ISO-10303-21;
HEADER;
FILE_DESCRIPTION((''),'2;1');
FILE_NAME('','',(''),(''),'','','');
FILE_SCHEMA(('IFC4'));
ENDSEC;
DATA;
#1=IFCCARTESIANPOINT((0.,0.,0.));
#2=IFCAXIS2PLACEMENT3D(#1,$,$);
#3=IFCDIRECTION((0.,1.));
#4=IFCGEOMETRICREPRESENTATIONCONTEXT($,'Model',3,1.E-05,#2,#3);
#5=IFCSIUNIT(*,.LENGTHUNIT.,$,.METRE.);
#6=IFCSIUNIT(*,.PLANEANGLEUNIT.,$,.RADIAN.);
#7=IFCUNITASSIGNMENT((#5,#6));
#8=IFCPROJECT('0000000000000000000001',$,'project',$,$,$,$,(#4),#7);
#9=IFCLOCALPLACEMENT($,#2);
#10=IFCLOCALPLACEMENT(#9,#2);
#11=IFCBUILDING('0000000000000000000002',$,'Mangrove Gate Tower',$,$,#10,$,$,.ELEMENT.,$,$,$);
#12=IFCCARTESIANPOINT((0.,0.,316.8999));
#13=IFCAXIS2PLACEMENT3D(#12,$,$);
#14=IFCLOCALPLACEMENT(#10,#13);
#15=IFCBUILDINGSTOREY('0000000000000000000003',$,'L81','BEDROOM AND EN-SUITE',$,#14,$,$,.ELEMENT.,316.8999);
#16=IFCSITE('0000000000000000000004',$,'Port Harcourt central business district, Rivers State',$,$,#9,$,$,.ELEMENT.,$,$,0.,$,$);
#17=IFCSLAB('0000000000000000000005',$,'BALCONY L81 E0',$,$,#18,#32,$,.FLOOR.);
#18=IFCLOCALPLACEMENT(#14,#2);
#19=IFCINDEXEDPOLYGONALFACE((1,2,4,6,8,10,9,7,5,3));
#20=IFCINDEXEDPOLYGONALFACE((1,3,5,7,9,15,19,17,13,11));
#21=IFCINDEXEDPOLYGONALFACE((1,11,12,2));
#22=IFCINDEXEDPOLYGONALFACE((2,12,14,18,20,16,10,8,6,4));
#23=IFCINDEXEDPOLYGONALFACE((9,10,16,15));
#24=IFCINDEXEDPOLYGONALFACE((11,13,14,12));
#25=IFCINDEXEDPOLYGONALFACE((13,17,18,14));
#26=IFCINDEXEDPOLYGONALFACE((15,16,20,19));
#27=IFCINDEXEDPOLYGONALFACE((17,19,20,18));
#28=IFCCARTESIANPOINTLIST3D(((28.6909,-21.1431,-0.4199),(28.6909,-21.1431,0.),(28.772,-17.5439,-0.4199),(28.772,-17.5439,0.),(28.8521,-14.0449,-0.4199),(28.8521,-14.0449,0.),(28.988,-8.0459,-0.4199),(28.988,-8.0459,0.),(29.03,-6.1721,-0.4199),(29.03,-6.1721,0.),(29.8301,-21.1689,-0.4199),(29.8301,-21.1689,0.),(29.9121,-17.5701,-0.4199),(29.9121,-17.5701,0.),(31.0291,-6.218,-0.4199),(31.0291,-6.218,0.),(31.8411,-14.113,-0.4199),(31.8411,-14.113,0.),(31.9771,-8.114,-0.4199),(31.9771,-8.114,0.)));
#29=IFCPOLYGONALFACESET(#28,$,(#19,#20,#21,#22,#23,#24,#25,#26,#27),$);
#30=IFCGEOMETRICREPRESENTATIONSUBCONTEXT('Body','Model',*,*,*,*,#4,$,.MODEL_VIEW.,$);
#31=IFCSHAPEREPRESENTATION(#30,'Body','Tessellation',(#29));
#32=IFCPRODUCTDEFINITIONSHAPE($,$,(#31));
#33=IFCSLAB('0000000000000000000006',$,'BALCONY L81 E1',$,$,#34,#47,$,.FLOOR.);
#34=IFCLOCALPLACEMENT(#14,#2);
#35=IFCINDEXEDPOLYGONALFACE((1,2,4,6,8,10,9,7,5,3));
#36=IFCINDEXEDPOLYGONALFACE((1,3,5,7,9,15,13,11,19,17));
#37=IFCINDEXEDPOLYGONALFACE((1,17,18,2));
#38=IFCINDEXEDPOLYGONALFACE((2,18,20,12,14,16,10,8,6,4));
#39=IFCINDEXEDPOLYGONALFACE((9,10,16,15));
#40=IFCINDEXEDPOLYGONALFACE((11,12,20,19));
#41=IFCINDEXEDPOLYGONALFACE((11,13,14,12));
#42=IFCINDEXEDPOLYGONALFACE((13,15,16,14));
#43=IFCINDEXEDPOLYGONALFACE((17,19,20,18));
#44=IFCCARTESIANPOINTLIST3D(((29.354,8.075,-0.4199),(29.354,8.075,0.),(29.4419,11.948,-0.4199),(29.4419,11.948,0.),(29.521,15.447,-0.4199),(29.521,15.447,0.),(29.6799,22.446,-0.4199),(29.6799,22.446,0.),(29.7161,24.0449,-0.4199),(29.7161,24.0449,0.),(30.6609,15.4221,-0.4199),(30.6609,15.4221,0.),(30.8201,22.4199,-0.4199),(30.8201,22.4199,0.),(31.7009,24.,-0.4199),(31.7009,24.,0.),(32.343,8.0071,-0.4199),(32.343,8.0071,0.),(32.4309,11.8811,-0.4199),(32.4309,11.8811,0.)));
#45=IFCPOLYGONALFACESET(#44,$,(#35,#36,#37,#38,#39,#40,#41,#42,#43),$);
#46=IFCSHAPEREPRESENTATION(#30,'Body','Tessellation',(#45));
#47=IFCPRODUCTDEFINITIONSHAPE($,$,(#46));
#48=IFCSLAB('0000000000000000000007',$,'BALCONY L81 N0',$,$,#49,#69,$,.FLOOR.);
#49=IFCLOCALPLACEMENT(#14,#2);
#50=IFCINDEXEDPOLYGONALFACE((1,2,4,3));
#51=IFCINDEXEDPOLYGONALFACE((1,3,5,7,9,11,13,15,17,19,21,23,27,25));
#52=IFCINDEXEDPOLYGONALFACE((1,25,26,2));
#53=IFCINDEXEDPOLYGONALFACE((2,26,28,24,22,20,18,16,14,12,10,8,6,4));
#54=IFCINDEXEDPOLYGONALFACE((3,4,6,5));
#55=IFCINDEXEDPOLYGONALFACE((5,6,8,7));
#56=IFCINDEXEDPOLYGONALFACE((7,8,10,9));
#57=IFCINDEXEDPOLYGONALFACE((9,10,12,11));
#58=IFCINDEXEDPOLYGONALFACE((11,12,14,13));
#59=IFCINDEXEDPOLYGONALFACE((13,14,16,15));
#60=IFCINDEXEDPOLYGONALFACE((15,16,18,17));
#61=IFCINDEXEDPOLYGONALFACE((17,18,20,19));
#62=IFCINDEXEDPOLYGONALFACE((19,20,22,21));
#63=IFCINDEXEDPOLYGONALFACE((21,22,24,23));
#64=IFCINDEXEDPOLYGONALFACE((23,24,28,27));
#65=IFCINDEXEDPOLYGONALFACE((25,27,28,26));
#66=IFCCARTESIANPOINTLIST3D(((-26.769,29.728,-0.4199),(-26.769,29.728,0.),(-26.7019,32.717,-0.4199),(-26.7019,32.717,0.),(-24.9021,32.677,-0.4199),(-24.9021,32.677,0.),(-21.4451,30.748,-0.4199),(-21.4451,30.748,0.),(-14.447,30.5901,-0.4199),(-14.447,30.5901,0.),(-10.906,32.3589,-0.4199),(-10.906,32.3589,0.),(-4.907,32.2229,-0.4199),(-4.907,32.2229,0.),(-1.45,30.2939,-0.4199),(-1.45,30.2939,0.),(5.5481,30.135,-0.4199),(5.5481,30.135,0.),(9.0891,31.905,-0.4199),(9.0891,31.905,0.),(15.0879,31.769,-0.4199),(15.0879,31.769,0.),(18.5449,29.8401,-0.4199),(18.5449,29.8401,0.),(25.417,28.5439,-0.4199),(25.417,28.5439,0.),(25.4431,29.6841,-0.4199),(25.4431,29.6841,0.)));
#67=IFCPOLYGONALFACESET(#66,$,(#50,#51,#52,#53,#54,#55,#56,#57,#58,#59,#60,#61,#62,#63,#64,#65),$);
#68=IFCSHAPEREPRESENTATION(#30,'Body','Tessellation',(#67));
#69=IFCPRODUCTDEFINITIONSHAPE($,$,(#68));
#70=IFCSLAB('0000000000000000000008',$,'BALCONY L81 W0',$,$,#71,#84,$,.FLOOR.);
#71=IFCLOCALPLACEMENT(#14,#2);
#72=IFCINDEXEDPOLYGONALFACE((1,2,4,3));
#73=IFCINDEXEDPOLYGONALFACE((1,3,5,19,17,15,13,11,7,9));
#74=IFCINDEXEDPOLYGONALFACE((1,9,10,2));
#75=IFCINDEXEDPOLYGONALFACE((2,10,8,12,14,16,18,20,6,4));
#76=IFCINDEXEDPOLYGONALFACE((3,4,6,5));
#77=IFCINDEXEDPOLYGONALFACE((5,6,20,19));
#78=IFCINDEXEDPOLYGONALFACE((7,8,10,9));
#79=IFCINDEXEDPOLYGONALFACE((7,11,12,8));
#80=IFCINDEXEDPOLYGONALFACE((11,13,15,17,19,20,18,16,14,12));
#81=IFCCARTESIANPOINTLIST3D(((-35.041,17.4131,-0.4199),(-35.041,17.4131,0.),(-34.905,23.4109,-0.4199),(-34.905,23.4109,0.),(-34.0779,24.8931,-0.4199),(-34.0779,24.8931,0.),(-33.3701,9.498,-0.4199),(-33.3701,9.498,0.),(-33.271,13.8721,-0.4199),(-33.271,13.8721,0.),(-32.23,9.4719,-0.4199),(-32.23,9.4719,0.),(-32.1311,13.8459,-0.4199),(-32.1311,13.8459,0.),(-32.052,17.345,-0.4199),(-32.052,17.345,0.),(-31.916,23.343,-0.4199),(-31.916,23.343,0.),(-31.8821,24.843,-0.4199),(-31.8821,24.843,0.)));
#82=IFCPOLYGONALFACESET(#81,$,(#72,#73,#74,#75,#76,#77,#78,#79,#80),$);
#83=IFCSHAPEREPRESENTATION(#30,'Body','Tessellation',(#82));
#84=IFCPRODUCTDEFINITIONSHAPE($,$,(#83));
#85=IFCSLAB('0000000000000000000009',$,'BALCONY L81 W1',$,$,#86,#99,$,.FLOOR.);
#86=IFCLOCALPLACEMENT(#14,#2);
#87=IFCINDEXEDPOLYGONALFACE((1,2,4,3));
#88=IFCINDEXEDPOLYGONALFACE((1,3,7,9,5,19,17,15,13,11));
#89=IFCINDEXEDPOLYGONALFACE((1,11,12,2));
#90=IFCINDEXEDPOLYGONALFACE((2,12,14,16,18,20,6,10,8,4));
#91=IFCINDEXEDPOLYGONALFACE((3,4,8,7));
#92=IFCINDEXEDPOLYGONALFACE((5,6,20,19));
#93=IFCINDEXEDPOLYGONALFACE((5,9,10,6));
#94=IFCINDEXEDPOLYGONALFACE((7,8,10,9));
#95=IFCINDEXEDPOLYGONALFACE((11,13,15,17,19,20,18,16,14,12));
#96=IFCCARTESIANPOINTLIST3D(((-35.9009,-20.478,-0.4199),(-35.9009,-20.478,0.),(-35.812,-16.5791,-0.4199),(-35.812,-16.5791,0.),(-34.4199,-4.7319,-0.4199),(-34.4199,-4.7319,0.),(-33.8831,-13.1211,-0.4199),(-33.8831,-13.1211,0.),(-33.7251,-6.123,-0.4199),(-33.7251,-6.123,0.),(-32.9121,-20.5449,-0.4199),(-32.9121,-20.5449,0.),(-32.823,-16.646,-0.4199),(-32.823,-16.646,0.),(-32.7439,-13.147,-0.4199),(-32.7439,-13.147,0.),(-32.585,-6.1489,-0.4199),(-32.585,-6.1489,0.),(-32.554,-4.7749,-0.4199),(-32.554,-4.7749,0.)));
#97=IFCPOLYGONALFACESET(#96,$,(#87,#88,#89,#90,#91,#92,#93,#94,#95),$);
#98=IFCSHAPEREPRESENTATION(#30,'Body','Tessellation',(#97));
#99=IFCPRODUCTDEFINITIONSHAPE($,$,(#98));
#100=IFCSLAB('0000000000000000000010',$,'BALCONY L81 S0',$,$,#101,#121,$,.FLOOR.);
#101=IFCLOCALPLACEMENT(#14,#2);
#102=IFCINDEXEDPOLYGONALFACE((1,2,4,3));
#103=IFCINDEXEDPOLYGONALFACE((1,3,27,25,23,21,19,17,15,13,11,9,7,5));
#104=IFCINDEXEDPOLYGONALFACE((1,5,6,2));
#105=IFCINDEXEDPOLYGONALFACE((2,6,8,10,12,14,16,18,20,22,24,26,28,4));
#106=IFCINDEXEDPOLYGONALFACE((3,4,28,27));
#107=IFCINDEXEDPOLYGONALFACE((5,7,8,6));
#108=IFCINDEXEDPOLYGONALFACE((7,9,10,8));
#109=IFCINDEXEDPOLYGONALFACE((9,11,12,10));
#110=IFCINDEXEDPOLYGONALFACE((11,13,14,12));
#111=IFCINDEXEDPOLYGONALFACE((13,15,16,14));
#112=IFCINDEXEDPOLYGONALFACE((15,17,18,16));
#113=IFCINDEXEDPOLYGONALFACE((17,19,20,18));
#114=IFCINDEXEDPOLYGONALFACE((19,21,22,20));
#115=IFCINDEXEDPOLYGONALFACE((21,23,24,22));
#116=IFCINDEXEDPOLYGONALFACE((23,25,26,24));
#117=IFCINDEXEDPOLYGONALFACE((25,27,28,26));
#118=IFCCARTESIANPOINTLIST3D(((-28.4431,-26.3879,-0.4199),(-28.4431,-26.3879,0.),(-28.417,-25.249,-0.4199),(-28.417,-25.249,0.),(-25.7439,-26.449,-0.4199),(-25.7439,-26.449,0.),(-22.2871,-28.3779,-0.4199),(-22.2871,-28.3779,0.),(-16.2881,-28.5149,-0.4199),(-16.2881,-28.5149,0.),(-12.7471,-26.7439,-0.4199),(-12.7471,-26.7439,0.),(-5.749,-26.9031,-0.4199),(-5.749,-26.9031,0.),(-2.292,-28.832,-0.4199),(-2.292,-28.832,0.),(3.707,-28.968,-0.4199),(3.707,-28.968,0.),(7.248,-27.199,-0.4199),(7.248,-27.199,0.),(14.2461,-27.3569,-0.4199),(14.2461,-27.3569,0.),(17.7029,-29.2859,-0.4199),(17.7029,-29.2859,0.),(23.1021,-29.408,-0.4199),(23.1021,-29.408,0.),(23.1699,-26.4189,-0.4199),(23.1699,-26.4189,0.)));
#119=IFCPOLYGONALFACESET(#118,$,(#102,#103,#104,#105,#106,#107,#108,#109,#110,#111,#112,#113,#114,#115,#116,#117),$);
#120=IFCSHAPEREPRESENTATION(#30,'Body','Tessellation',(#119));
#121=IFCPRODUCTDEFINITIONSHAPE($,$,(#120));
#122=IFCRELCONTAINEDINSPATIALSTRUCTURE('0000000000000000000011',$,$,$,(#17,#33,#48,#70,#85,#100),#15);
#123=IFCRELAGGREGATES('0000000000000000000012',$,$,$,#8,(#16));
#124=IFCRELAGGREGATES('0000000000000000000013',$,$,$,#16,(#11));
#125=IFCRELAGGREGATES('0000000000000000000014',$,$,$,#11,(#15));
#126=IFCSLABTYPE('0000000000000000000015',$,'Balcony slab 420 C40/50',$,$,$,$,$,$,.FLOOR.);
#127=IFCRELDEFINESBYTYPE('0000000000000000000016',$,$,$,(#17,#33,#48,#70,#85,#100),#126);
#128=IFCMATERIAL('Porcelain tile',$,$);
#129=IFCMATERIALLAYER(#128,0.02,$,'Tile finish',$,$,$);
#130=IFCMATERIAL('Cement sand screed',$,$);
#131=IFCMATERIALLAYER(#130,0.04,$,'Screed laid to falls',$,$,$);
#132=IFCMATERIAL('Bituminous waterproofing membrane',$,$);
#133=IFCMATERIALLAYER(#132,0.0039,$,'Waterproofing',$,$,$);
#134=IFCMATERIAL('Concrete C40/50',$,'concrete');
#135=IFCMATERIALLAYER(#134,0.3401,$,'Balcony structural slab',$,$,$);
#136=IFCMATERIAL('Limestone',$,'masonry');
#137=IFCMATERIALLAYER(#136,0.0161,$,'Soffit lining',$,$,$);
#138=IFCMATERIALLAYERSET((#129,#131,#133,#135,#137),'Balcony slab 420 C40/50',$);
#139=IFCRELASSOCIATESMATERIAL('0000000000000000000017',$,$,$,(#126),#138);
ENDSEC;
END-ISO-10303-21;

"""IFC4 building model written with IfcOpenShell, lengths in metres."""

from ifc_helpers import new_model, si_unit, direction, frame, origin, place, context, subcontext, project, spatial, polyline, outline, extrude, material, layer, layer_set, type_object, element, save


model = new_model("IFC4")

# Units and contexts
model_context = context("Model", 3, precision=1e-05, world=origin(), true_north=direction((0.0, 1.0)))
body_context = subcontext(model_context, "Body", "Model", "MODEL_VIEW")
ifc_project = project(units=[si_unit("LENGTHUNIT", "METRE"), si_unit("PLANEANGLEUNIT", "RADIAN")], contexts=[model_context])

# Site, building, storey
site_placement = place(None, origin())
site = spatial("IfcSite", under=ifc_project, at=site_placement, Name="Port Harcourt central business district, Rivers State", CompositionType="ELEMENT", RefElevation=0.0)
building_placement = place(site_placement, origin())
building = spatial("IfcBuilding", under=site, at=building_placement, Name="Mangrove Gate Tower", CompositionType="ELEMENT")
storey_placement = place(building_placement, frame((0.0, 0.0, 316.8999)))
storey = spatial("IfcBuildingStorey", under=building, at=storey_placement, Name="L81", Description="BEDROOM AND EN-SUITE", CompositionType="ELEMENT", Elevation=316.8999)

# Slabs
ifc_material_1 = material(Name="Porcelain tile")
ifc_layer_1 = layer(ifc_material_1, 0.02, Name="Tile finish")
ifc_material_2 = material(Name="Cement sand screed")
ifc_layer_2 = layer(ifc_material_2, 0.04, Name="Screed laid to falls")
ifc_material_3 = material(Name="Bituminous waterproofing membrane")
ifc_layer_3 = layer(ifc_material_3, 0.0039, Name="Waterproofing")
ifc_material_4 = material(Name="Concrete C40/50", Category="concrete")
ifc_layer_4 = layer(ifc_material_4, 0.3401, Name="Balcony structural slab")
ifc_material_5 = material(Name="Limestone", Category="masonry")
ifc_layer_5 = layer(ifc_material_5, 0.0161, Name="Soffit lining")
ifc_layer_set_1 = layer_set([ifc_layer_1, ifc_layer_2, ifc_layer_3, ifc_layer_4, ifc_layer_5], Name="Balcony slab 420 C40/50")
slab_type_1 = type_object("IfcSlabType", Name="Balcony slab 420 C40/50", PredefinedType="FLOOR", material=ifc_layer_set_1)
slab_1_placement = place(storey_placement, frame((0.0, 0.0, -0.4199)))
element("IfcSlab", 1, at=slab_1_placement, inside=storey, type_object=slab_type_1, Name="BALCONY L81 E0", PredefinedType="FLOOR", context=body_context, shape_type="SweptSolid", body=[
    extrude(outline(polyline([(29.8301, -21.1689), (29.9121, -17.5701), (31.8411, -14.113), (31.9771, -8.114), (31.0291, -6.218), (29.03, -6.1721), (28.988, -8.0459), (28.8521, -14.0449), (28.772, -17.5439), (28.6909, -21.1431), (29.8301, -21.1689)])), origin(), (0.0, 0.0, 1.0), 0.4199),
])
slab_2_placement = place(storey_placement, frame((0.0, 0.0, -0.4199)))
element("IfcSlab", 2, at=slab_2_placement, inside=storey, type_object=slab_type_1, Name="BALCONY L81 E1", PredefinedType="FLOOR", context=body_context, shape_type="SweptSolid", body=[
    extrude(outline(polyline([(32.343, 8.0071), (32.4309, 11.8811), (30.6609, 15.4221), (30.8201, 22.4199), (31.7009, 24.0), (29.7161, 24.0449), (29.6799, 22.446), (29.521, 15.447), (29.4419, 11.948), (29.354, 8.075), (32.343, 8.0071)])), origin(), (0.0, 0.0, 1.0), 0.4199),
])
slab_3_placement = place(storey_placement, frame((0.0, 0.0, -0.4199)))
element("IfcSlab", 3, at=slab_3_placement, inside=storey, type_object=slab_type_1, Name="BALCONY L81 N0", PredefinedType="FLOOR", context=body_context, shape_type="SweptSolid", body=[
    extrude(outline(polyline([(25.4431, 29.6841), (18.5449, 29.8401), (15.0879, 31.769), (9.0891, 31.905), (5.5481, 30.135), (-1.45, 30.2939), (-4.907, 32.2229), (-10.906, 32.3589), (-14.447, 30.5901), (-21.4451, 30.748), (-24.9021, 32.677), (-26.7019, 32.717), (-26.769, 29.728), (25.417, 28.5439), (25.4431, 29.6841)])), origin(), (0.0, 0.0, 1.0), 0.4199),
])
slab_4_placement = place(storey_placement, frame((0.0, 0.0, -0.4199)))
element("IfcSlab", 4, at=slab_4_placement, inside=storey, type_object=slab_type_1, Name="BALCONY L81 W0", PredefinedType="FLOOR", context=body_context, shape_type="SweptSolid", body=[
    extrude(outline(polyline([(-34.0779, 24.8931), (-34.905, 23.4109), (-35.041, 17.4131), (-33.271, 13.8721), (-33.3701, 9.498), (-32.23, 9.4719), (-32.1311, 13.8459), (-32.052, 17.345), (-31.916, 23.343), (-31.8821, 24.843), (-34.0779, 24.8931)])), origin(), (0.0, 0.0, 1.0), 0.4199),
])
slab_5_placement = place(storey_placement, frame((0.0, 0.0, -0.4199)))
element("IfcSlab", 5, at=slab_5_placement, inside=storey, type_object=slab_type_1, Name="BALCONY L81 W1", PredefinedType="FLOOR", context=body_context, shape_type="SweptSolid", body=[
    extrude(outline(polyline([(-34.4199, -4.7319), (-33.7251, -6.123), (-33.8831, -13.1211), (-35.812, -16.5791), (-35.9009, -20.478), (-32.9121, -20.5449), (-32.823, -16.646), (-32.7439, -13.147), (-32.585, -6.1489), (-32.554, -4.7749), (-34.4199, -4.7319)])), origin(), (0.0, 0.0, 1.0), 0.4199),
])
slab_6_placement = place(storey_placement, frame((0.0, 0.0, -0.4199)))
element("IfcSlab", 6, at=slab_6_placement, inside=storey, type_object=slab_type_1, Name="BALCONY L81 S0", PredefinedType="FLOOR", context=body_context, shape_type="SweptSolid", body=[
    extrude(outline(polyline([(-28.4431, -26.3879), (-25.7439, -26.449), (-22.2871, -28.3779), (-16.2881, -28.5149), (-12.7471, -26.7439), (-5.749, -26.9031), (-2.292, -28.832), (3.707, -28.968), (7.248, -27.199), (14.2461, -27.3569), (17.7029, -29.2859), (23.1021, -29.408), (23.1699, -26.4189), (-28.417, -25.249), (-28.4431, -26.3879)])), origin(), (0.0, 0.0, 1.0), 0.4199),
])

save(model, "model.ifc")
